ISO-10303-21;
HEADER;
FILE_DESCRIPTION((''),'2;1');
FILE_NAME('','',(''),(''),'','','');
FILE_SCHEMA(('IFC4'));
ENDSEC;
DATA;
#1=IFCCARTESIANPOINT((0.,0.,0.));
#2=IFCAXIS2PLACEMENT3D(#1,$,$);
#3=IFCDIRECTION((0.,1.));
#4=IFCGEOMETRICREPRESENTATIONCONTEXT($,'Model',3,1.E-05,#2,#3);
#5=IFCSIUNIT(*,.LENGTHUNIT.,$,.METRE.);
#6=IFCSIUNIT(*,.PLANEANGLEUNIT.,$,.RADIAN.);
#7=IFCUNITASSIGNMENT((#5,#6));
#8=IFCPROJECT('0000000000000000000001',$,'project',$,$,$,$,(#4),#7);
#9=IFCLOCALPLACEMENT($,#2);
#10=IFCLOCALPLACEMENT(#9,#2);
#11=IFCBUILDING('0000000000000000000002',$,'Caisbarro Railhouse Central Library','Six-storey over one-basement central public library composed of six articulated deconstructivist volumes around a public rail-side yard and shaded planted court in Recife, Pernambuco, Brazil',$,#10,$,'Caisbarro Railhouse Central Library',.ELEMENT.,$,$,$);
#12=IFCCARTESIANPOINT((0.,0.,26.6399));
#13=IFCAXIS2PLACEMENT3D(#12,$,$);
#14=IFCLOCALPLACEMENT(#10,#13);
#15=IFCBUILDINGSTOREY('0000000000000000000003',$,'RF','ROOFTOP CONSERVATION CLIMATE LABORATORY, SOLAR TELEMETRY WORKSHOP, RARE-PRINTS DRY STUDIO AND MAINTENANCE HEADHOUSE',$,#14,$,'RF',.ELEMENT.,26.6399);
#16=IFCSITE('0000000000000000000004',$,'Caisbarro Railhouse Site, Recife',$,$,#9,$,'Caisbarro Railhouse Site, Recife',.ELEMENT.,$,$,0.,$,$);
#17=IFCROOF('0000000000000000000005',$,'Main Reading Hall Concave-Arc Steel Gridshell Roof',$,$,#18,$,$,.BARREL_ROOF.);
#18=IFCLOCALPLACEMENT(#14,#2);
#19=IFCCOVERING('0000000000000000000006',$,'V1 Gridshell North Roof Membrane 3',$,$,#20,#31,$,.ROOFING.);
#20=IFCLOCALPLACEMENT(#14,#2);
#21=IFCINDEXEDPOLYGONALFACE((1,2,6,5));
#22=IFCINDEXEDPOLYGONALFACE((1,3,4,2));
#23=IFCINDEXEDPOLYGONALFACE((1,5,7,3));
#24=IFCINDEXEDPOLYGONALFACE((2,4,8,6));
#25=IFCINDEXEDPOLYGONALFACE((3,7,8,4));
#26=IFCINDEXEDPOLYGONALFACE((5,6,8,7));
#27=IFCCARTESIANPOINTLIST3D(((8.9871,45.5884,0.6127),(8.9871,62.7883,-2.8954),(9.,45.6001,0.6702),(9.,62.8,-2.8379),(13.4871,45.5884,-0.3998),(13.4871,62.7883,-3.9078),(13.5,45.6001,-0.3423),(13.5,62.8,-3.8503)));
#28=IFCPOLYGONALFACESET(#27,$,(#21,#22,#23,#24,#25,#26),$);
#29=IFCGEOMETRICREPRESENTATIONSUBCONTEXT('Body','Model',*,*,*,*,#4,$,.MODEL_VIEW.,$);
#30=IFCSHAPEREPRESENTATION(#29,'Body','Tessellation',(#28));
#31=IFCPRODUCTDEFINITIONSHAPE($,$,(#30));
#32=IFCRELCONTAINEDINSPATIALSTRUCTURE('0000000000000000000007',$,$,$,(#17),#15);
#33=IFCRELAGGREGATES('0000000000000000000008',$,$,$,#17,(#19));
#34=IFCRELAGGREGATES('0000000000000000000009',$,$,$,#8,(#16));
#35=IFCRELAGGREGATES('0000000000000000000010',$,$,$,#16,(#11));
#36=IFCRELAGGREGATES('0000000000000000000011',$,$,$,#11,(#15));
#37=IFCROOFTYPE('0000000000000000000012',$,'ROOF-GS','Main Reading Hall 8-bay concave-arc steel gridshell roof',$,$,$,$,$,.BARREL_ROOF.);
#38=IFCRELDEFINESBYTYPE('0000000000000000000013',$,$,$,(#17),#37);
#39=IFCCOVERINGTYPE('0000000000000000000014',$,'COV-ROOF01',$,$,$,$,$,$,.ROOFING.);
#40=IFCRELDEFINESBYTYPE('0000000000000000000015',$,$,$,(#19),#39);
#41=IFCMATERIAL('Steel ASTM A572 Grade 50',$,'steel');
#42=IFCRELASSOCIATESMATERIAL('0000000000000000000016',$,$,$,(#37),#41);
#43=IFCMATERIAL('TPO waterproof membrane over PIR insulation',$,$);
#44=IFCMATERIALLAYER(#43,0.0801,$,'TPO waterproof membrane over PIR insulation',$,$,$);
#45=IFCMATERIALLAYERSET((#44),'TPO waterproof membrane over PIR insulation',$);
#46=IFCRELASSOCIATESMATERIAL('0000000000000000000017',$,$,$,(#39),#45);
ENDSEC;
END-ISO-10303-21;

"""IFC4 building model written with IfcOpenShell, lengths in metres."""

from ifc_helpers import new_model, si_unit, direction, frame, origin, place, context, subcontext, project, spatial, polyline, outline, extrude, material, layer, layer_set, type_object, element, aggregate, save


model = new_model("IFC4")

# Units and contexts
model_context = context("Model", 3, precision=1e-05, world=origin(), true_north=direction((0.0, 1.0)))
body_context = subcontext(model_context, "Body", "Model", "MODEL_VIEW")
ifc_project = project(units=[si_unit("LENGTHUNIT", "METRE"), si_unit("PLANEANGLEUNIT", "RADIAN")], contexts=[model_context])

# Site, building, storey
site_placement = place(None, origin())
site = spatial("IfcSite", under=ifc_project, at=site_placement, Name="Caisbarro Railhouse Site, Recife", LongName="Caisbarro Railhouse Site, Recife", CompositionType="ELEMENT", RefElevation=0.0)
building_placement = place(site_placement, origin())
building = spatial("IfcBuilding", under=site, at=building_placement, Name="Caisbarro Railhouse Central Library", Description="Six-storey over one-basement central public library composed of six articulated deconstructivist volumes around a public rail-side yard and shaded planted court in Recife, Pernambuco, Brazil", LongName="Caisbarro Railhouse Central Library", CompositionType="ELEMENT")
storey_placement = place(building_placement, frame((0.0, 0.0, 26.6399)))
storey = spatial("IfcBuildingStorey", under=building, at=storey_placement, Name="RF", Description="ROOFTOP CONSERVATION CLIMATE LABORATORY, SOLAR TELEMETRY WORKSHOP, RARE-PRINTS DRY STUDIO AND MAINTENANCE HEADHOUSE", LongName="RF", CompositionType="ELEMENT", Elevation=26.6399)

# Shared definitions
ifc_material_1 = material(Name="Steel ASTM A572 Grade 50", Category="steel")

# Roof, covering
roof_type = type_object("IfcRoofType", Name="ROOF-GS", Description="Main Reading Hall 8-bay concave-arc steel gridshell roof", PredefinedType="BARREL_ROOF", material=ifc_material_1)
roof_placement = place(storey_placement, origin())
roof = element("IfcRoof", 1, at=roof_placement, inside=storey, type_object=roof_type, Name="Main Reading Hall Concave-Arc Steel Gridshell Roof", PredefinedType="BARREL_ROOF")
ifc_material_2 = material(Name="TPO waterproof membrane over PIR insulation")
ifc_layer_1 = layer(ifc_material_2, 0.0801, Name="TPO waterproof membrane over PIR insulation")
ifc_layer_set_1 = layer_set([ifc_layer_1], Name="TPO waterproof membrane over PIR insulation")
covering_type = type_object("IfcCoveringType", Name="COV-ROOF01", PredefinedType="ROOFING", material=ifc_layer_set_1)
covering_1_placement = place(storey_placement, frame((9.0, 45.6001, 0.6702), z_axis=(0.215282, 0.195157, 0.956853), x_axis=(0.975612, 0.0, -0.219502)))
covering_1 = element("IfcCovering", 2, at=covering_1_placement, type_object=covering_type, Name="V1 Gridshell North Roof Membrane 3", PredefinedType="ROOFING", context=body_context, shape_type="SweptSolid", body=[
    extrude(outline(polyline([(0.0, 0.0), (4.6125, 0.0), (5.3825, 17.5372), (0.77, 17.5372), (0.0, 0.0)])), origin(), (0.0, 0.0, -1.0), 0.0601),
])
aggregate(roof, [covering_1])

save(model, "model.ifc")
